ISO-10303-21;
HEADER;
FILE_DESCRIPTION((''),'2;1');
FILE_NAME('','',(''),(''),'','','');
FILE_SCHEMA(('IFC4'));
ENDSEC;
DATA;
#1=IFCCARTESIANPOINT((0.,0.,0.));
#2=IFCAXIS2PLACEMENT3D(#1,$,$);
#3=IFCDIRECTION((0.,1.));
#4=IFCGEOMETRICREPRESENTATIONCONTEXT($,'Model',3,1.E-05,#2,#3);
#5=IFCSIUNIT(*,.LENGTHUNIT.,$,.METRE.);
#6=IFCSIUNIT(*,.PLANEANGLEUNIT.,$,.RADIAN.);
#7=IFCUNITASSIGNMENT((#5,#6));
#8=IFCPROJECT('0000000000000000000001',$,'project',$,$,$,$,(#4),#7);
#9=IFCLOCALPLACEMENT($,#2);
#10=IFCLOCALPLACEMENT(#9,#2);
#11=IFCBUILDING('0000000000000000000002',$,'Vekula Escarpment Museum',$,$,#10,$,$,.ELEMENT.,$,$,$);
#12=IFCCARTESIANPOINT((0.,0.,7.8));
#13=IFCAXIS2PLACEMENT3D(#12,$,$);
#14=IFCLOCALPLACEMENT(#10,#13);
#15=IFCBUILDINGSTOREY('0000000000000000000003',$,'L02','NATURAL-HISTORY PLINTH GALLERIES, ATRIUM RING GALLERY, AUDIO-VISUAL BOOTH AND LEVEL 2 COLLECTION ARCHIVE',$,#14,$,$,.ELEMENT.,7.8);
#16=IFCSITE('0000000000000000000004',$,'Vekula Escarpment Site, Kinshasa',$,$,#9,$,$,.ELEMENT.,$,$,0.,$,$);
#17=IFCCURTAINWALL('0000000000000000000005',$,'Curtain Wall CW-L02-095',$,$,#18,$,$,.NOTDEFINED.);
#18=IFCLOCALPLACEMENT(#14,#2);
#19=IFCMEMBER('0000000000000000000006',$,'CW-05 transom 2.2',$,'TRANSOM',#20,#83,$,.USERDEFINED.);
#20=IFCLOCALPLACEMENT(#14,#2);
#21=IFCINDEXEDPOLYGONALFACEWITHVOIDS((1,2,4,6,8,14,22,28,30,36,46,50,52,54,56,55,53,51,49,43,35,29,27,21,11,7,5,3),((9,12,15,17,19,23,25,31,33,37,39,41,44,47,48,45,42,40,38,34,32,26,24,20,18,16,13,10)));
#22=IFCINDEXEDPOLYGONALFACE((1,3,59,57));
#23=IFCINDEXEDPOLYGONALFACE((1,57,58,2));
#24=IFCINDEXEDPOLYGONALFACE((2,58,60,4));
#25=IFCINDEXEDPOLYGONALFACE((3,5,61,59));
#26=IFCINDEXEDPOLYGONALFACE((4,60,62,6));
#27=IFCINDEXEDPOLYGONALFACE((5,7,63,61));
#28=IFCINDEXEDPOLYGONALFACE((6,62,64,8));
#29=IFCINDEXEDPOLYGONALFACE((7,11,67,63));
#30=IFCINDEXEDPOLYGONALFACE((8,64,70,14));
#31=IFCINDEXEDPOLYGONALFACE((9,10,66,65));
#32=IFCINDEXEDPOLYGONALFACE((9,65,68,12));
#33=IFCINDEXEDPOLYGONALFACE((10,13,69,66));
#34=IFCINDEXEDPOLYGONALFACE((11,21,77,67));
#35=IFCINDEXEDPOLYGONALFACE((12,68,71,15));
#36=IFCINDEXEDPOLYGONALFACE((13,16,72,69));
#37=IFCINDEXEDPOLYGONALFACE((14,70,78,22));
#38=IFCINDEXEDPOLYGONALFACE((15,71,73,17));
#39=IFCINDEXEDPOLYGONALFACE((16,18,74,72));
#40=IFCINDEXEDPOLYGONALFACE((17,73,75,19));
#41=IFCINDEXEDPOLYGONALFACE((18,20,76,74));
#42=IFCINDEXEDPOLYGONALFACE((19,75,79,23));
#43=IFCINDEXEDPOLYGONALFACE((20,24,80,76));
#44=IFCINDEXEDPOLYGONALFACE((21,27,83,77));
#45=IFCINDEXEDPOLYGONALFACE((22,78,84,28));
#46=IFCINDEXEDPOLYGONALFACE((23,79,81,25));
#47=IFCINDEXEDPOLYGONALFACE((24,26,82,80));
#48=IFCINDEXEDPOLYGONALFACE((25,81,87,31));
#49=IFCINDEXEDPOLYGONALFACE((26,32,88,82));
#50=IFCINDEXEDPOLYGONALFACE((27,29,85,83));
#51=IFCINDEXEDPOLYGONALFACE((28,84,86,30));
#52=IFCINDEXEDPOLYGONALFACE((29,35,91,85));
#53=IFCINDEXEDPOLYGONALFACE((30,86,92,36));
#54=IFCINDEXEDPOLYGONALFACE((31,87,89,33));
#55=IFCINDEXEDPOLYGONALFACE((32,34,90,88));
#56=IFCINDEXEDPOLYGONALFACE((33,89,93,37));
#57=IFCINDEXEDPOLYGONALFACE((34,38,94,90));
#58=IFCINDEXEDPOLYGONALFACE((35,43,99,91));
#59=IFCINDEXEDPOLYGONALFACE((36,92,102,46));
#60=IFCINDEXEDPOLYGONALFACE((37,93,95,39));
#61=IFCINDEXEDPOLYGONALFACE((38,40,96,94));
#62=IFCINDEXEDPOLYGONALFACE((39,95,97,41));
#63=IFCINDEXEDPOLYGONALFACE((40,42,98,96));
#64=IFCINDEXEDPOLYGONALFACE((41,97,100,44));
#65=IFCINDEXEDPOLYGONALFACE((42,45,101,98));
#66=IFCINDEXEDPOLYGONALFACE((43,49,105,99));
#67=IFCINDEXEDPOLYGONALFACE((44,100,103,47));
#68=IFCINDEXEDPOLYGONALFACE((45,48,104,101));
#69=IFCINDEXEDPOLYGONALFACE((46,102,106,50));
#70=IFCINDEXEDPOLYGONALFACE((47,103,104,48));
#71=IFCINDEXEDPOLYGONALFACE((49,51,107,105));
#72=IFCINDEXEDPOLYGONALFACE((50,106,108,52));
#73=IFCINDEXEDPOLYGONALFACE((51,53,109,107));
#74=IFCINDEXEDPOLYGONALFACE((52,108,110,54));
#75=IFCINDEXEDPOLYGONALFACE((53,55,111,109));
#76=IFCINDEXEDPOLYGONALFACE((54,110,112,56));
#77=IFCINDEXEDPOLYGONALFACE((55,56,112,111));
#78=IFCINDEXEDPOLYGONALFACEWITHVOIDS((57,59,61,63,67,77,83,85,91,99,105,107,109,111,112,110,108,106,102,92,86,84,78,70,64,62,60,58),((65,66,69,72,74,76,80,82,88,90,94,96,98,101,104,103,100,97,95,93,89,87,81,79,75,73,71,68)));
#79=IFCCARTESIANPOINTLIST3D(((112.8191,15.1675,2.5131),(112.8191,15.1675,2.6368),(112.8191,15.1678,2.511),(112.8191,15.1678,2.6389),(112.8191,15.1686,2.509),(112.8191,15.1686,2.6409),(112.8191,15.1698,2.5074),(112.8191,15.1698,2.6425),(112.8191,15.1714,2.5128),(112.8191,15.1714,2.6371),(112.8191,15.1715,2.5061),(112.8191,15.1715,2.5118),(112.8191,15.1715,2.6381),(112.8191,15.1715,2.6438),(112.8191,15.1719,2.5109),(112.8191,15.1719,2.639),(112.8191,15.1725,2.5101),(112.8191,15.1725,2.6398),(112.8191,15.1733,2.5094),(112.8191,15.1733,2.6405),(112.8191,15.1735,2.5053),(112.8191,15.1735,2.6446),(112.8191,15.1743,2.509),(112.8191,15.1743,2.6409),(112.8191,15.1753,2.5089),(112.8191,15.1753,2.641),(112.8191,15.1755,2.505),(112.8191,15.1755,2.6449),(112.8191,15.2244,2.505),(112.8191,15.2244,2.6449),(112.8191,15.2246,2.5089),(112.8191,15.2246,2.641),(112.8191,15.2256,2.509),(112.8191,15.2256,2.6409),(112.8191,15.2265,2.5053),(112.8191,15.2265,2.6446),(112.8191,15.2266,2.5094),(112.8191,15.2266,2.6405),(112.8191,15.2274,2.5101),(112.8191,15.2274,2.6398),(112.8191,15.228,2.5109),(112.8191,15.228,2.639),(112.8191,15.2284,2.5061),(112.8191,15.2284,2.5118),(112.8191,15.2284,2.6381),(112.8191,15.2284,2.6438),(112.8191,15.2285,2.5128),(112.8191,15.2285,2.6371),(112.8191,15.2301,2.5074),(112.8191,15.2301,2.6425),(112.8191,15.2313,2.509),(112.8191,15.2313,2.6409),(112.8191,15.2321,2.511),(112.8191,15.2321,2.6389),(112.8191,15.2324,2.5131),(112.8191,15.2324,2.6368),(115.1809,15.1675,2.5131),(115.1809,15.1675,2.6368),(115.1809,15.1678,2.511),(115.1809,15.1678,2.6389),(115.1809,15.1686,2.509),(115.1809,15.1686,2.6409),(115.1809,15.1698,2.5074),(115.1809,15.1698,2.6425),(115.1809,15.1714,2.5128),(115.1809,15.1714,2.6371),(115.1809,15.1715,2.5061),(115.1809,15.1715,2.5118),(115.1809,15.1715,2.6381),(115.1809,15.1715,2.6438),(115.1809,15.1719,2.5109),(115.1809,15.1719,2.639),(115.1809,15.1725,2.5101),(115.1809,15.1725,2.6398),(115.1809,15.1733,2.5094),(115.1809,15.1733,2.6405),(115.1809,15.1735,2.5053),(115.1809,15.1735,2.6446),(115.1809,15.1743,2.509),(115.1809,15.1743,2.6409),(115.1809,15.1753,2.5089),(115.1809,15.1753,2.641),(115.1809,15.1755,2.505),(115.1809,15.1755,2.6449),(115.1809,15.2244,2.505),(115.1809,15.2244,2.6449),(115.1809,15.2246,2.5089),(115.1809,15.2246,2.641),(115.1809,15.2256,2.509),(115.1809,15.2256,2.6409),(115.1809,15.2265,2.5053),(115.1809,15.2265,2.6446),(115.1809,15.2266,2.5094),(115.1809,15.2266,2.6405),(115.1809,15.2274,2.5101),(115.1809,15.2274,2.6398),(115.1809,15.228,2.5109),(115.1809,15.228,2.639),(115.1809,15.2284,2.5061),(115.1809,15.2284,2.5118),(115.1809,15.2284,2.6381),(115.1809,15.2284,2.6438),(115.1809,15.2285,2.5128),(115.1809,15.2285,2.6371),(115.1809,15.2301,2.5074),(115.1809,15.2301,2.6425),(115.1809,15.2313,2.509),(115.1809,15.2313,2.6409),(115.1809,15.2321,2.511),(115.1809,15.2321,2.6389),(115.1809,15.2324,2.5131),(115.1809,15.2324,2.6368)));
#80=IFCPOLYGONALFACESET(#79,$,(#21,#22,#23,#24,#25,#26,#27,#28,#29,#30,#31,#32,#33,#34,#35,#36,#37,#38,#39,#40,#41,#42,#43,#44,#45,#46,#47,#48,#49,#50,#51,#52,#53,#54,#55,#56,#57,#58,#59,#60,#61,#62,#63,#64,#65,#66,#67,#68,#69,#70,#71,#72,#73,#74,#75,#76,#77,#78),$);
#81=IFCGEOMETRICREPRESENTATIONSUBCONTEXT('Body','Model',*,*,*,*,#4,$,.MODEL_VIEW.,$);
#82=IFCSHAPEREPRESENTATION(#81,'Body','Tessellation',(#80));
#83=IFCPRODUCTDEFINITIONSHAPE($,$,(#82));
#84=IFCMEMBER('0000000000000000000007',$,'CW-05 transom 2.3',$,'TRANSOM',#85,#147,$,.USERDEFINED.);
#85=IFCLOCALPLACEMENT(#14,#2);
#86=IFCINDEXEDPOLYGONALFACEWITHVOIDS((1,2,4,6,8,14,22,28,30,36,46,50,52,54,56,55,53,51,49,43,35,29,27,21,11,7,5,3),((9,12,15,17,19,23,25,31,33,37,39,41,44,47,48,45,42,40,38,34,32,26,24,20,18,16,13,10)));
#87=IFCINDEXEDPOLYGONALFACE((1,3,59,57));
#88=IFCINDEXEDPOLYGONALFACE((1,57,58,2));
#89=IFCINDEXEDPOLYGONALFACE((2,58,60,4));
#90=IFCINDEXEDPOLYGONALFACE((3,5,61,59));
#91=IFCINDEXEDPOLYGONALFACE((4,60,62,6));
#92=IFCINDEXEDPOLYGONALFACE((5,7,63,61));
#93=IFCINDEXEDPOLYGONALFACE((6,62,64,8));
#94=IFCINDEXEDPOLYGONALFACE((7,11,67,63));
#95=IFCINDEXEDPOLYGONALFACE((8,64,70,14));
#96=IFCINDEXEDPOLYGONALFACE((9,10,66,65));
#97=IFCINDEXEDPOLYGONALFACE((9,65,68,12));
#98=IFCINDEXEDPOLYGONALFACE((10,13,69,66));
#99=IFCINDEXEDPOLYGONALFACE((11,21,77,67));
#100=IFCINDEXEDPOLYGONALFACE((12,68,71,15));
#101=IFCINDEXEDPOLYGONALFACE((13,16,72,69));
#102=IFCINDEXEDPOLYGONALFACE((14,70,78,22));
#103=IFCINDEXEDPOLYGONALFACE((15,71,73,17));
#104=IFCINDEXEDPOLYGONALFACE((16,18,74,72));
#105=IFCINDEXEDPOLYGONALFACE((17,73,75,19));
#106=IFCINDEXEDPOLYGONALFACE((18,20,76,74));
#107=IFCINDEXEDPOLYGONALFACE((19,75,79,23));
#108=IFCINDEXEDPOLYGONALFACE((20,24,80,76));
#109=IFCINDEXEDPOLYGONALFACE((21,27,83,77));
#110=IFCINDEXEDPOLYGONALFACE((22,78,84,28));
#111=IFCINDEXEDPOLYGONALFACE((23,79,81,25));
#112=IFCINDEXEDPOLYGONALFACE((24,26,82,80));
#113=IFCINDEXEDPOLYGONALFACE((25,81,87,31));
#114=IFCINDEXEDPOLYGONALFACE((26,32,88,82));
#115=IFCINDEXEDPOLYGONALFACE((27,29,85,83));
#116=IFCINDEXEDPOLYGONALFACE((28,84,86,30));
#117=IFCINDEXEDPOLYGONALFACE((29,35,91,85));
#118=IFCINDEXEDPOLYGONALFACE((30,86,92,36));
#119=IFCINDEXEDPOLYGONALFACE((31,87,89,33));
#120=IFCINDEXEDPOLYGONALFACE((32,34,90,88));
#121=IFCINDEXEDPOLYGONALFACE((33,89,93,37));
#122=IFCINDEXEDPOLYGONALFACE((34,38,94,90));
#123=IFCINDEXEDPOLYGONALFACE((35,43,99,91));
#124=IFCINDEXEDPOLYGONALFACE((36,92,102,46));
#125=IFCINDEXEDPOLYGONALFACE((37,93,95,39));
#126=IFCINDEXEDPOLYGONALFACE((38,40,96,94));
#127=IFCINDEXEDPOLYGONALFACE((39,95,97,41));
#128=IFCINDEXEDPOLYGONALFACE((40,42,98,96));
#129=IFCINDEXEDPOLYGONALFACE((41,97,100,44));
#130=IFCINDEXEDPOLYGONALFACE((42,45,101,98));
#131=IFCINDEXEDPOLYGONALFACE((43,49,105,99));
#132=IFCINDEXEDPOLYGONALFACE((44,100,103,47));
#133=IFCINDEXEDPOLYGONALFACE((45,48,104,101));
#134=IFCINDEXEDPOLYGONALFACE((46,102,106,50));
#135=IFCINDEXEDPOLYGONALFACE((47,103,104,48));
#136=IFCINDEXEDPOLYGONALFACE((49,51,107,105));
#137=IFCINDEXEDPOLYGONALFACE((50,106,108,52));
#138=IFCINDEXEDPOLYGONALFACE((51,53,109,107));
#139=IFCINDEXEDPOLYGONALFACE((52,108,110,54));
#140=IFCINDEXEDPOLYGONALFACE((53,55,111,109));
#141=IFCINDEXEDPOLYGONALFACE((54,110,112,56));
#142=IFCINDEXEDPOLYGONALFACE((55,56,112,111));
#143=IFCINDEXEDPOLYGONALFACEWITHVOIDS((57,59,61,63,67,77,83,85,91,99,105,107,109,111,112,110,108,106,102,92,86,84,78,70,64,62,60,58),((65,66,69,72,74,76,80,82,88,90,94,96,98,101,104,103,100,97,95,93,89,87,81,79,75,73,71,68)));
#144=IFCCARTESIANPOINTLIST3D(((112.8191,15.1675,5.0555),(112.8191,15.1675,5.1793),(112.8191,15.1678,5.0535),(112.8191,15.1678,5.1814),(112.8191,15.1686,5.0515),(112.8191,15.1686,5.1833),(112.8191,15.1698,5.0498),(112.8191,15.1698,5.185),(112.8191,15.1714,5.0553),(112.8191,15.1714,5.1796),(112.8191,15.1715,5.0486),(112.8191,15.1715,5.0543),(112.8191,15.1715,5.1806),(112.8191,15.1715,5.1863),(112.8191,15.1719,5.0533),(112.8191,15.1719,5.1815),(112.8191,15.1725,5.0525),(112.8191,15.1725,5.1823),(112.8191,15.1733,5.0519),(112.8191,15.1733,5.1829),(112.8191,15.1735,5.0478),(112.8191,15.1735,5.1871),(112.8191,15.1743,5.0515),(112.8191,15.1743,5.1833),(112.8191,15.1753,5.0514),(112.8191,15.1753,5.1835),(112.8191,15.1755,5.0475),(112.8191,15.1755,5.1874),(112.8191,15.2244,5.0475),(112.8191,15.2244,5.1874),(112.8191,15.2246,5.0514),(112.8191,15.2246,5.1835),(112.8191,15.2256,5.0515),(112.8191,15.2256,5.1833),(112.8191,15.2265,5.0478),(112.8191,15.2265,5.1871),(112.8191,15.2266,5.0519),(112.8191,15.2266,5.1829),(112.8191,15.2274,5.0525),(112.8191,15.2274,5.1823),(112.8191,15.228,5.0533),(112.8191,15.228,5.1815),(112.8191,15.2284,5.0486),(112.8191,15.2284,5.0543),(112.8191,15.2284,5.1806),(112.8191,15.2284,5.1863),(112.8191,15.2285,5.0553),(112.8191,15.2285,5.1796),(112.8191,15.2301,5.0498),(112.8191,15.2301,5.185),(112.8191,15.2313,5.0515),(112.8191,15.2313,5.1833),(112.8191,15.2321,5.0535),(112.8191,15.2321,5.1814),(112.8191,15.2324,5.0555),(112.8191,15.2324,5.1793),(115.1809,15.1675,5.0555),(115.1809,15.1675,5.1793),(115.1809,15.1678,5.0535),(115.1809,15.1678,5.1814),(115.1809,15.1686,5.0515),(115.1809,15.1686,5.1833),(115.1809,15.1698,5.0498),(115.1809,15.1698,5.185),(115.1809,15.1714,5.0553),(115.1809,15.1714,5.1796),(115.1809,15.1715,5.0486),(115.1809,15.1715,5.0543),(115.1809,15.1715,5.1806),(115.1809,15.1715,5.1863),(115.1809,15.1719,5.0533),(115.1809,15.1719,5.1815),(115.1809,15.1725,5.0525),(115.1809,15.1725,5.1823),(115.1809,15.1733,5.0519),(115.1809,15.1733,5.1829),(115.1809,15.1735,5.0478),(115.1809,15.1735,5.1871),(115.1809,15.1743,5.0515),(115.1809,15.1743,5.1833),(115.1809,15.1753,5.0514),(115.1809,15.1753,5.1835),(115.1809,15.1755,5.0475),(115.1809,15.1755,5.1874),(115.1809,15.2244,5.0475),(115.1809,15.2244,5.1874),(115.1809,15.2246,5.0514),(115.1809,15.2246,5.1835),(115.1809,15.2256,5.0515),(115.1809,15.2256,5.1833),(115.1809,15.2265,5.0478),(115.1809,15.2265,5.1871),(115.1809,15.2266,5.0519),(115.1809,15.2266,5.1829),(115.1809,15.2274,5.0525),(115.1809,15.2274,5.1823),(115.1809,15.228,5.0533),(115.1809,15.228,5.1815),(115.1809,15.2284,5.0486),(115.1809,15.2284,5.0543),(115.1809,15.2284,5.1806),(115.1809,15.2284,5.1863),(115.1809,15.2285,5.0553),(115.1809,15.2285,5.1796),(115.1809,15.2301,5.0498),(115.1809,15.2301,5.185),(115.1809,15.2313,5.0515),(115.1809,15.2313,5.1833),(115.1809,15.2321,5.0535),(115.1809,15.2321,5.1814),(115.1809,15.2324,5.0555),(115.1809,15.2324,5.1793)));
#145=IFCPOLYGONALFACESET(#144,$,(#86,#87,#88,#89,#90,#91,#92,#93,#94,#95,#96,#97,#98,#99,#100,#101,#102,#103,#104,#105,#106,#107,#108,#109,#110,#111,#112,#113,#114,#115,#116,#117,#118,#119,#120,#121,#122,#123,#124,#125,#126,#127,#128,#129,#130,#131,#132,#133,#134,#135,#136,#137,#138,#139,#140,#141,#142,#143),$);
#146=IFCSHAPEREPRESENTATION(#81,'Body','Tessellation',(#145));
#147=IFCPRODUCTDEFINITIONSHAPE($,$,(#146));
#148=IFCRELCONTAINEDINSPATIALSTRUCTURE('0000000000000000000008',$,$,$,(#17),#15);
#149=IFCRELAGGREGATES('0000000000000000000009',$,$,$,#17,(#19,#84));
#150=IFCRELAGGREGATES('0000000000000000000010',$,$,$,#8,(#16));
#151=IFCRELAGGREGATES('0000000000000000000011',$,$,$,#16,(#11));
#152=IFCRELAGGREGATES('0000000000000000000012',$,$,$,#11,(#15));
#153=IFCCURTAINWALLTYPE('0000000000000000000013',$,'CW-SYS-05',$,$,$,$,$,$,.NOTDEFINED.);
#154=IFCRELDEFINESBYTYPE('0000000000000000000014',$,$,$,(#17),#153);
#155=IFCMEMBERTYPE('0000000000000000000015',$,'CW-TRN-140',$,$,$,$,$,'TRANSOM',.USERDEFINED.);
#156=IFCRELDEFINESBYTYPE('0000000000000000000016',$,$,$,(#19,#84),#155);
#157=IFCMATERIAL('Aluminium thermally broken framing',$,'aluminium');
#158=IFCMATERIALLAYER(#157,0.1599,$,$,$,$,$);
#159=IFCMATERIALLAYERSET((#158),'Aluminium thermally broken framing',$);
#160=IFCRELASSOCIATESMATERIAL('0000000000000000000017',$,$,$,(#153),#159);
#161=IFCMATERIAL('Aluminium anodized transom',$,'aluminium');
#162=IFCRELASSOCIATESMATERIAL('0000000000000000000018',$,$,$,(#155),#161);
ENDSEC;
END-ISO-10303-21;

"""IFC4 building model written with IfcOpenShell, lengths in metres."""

from ifc_helpers import new_model, si_unit, direction, frame, origin, origin_2d, place, context, subcontext, project, spatial, hollow_rectangle, extrude, material, layer, layer_set, material_profile, profile_set, type_object, element, aggregate, save


model = new_model("IFC4")

# Units and contexts
model_context = context("Model", 3, precision=1e-05, world=origin(), true_north=direction((0.0, 1.0)))
body_context = subcontext(model_context, "Body", "Model", "MODEL_VIEW")
ifc_project = project(units=[si_unit("LENGTHUNIT", "METRE"), si_unit("PLANEANGLEUNIT", "RADIAN")], contexts=[model_context])

# Site, building, storey
site_placement = place(None, origin())
site = spatial("IfcSite", under=ifc_project, at=site_placement, Name="Vekula Escarpment Site, Kinshasa", CompositionType="ELEMENT", RefElevation=0.0)
building_placement = place(site_placement, origin())
building = spatial("IfcBuilding", under=site, at=building_placement, Name="Vekula Escarpment Museum", CompositionType="ELEMENT")
storey_placement = place(building_placement, frame((0.0, 0.0, 7.8)))
storey = spatial("IfcBuildingStorey", under=building, at=storey_placement, Name="L02", Description="NATURAL-HISTORY PLINTH GALLERIES, ATRIUM RING GALLERY, AUDIO-VISUAL BOOTH AND LEVEL 2 COLLECTION ARCHIVE", CompositionType="ELEMENT", Elevation=7.8)

# Curtain wall
ifc_material_1 = material(Name="Aluminium thermally broken framing", Category="aluminium")
ifc_layer_1 = layer(ifc_material_1, 0.1599)
ifc_layer_set_1 = layer_set([ifc_layer_1], Name="Aluminium thermally broken framing")
curtain_wall_type_1 = type_object("IfcCurtainWallType", Name="CW-SYS-05", PredefinedType="NOTDEFINED", material=ifc_layer_set_1)
curtain_wall_1_placement = place(storey_placement, origin())
curtain_wall_1 = element("IfcCurtainWall", 1, at=curtain_wall_1_placement, inside=storey, type_object=curtain_wall_type_1, Name="Curtain Wall CW-L02-095", PredefinedType="NOTDEFINED")

# Members
ifc_material_2 = material(Name="Aluminium anodized transom", Category="aluminium")
ifc_material_profile_1 = material_profile(ifc_material_2, hollow_rectangle(XDim=0.0649, YDim=0.1399, WallThickness=0.0039, InnerFilletRadius=0.0039, OuterFilletRadius=0.0081, at=origin_2d()), Name="ALU 140x65x4")
ifc_profile_set_1 = profile_set([ifc_material_profile_1], Name="Aluminium anodized transom")
member_type_1 = type_object("IfcMemberType", Name="CW-TRN-140", ElementType="TRANSOM", PredefinedType="USERDEFINED", material=ifc_profile_set_1)
member_1_placement = place(storey_placement, frame((115.1809, 15.2, 2.575), z_axis=(-1.0, 0.0, 0.0), x_axis=(0.0, -1.0, 0.0)))
member_1 = element("IfcMember", 2, at=member_1_placement, type_object=member_type_1, Name="CW-05 transom 2.2", ObjectType="TRANSOM", PredefinedType="USERDEFINED", context=body_context, shape_type="SweptSolid", body=[
    extrude(hollow_rectangle(XDim=0.0649, YDim=0.1399, WallThickness=0.0039, InnerFilletRadius=0.0039, OuterFilletRadius=0.0081, at=origin_2d()), origin(), (0.0, 0.0, 1.0), 2.3618),
])
member_2_placement = place(storey_placement, frame((115.1809, 15.2, 5.1174), z_axis=(-1.0, 0.0, 0.0), x_axis=(0.0, -1.0, 0.0)))
member_2 = element("IfcMember", 3, at=member_2_placement, type_object=member_type_1, Name="CW-05 transom 2.3", ObjectType="TRANSOM", PredefinedType="USERDEFINED", context=body_context, shape_type="SweptSolid", body=[
    extrude(hollow_rectangle(XDim=0.0649, YDim=0.1399, WallThickness=0.0039, InnerFilletRadius=0.0039, OuterFilletRadius=0.0081, at=origin_2d()), origin(), (0.0, 0.0, 1.0), 2.3618),
])

aggregate(curtain_wall_1, [member_1, member_2])

save(model, "model.ifc")
